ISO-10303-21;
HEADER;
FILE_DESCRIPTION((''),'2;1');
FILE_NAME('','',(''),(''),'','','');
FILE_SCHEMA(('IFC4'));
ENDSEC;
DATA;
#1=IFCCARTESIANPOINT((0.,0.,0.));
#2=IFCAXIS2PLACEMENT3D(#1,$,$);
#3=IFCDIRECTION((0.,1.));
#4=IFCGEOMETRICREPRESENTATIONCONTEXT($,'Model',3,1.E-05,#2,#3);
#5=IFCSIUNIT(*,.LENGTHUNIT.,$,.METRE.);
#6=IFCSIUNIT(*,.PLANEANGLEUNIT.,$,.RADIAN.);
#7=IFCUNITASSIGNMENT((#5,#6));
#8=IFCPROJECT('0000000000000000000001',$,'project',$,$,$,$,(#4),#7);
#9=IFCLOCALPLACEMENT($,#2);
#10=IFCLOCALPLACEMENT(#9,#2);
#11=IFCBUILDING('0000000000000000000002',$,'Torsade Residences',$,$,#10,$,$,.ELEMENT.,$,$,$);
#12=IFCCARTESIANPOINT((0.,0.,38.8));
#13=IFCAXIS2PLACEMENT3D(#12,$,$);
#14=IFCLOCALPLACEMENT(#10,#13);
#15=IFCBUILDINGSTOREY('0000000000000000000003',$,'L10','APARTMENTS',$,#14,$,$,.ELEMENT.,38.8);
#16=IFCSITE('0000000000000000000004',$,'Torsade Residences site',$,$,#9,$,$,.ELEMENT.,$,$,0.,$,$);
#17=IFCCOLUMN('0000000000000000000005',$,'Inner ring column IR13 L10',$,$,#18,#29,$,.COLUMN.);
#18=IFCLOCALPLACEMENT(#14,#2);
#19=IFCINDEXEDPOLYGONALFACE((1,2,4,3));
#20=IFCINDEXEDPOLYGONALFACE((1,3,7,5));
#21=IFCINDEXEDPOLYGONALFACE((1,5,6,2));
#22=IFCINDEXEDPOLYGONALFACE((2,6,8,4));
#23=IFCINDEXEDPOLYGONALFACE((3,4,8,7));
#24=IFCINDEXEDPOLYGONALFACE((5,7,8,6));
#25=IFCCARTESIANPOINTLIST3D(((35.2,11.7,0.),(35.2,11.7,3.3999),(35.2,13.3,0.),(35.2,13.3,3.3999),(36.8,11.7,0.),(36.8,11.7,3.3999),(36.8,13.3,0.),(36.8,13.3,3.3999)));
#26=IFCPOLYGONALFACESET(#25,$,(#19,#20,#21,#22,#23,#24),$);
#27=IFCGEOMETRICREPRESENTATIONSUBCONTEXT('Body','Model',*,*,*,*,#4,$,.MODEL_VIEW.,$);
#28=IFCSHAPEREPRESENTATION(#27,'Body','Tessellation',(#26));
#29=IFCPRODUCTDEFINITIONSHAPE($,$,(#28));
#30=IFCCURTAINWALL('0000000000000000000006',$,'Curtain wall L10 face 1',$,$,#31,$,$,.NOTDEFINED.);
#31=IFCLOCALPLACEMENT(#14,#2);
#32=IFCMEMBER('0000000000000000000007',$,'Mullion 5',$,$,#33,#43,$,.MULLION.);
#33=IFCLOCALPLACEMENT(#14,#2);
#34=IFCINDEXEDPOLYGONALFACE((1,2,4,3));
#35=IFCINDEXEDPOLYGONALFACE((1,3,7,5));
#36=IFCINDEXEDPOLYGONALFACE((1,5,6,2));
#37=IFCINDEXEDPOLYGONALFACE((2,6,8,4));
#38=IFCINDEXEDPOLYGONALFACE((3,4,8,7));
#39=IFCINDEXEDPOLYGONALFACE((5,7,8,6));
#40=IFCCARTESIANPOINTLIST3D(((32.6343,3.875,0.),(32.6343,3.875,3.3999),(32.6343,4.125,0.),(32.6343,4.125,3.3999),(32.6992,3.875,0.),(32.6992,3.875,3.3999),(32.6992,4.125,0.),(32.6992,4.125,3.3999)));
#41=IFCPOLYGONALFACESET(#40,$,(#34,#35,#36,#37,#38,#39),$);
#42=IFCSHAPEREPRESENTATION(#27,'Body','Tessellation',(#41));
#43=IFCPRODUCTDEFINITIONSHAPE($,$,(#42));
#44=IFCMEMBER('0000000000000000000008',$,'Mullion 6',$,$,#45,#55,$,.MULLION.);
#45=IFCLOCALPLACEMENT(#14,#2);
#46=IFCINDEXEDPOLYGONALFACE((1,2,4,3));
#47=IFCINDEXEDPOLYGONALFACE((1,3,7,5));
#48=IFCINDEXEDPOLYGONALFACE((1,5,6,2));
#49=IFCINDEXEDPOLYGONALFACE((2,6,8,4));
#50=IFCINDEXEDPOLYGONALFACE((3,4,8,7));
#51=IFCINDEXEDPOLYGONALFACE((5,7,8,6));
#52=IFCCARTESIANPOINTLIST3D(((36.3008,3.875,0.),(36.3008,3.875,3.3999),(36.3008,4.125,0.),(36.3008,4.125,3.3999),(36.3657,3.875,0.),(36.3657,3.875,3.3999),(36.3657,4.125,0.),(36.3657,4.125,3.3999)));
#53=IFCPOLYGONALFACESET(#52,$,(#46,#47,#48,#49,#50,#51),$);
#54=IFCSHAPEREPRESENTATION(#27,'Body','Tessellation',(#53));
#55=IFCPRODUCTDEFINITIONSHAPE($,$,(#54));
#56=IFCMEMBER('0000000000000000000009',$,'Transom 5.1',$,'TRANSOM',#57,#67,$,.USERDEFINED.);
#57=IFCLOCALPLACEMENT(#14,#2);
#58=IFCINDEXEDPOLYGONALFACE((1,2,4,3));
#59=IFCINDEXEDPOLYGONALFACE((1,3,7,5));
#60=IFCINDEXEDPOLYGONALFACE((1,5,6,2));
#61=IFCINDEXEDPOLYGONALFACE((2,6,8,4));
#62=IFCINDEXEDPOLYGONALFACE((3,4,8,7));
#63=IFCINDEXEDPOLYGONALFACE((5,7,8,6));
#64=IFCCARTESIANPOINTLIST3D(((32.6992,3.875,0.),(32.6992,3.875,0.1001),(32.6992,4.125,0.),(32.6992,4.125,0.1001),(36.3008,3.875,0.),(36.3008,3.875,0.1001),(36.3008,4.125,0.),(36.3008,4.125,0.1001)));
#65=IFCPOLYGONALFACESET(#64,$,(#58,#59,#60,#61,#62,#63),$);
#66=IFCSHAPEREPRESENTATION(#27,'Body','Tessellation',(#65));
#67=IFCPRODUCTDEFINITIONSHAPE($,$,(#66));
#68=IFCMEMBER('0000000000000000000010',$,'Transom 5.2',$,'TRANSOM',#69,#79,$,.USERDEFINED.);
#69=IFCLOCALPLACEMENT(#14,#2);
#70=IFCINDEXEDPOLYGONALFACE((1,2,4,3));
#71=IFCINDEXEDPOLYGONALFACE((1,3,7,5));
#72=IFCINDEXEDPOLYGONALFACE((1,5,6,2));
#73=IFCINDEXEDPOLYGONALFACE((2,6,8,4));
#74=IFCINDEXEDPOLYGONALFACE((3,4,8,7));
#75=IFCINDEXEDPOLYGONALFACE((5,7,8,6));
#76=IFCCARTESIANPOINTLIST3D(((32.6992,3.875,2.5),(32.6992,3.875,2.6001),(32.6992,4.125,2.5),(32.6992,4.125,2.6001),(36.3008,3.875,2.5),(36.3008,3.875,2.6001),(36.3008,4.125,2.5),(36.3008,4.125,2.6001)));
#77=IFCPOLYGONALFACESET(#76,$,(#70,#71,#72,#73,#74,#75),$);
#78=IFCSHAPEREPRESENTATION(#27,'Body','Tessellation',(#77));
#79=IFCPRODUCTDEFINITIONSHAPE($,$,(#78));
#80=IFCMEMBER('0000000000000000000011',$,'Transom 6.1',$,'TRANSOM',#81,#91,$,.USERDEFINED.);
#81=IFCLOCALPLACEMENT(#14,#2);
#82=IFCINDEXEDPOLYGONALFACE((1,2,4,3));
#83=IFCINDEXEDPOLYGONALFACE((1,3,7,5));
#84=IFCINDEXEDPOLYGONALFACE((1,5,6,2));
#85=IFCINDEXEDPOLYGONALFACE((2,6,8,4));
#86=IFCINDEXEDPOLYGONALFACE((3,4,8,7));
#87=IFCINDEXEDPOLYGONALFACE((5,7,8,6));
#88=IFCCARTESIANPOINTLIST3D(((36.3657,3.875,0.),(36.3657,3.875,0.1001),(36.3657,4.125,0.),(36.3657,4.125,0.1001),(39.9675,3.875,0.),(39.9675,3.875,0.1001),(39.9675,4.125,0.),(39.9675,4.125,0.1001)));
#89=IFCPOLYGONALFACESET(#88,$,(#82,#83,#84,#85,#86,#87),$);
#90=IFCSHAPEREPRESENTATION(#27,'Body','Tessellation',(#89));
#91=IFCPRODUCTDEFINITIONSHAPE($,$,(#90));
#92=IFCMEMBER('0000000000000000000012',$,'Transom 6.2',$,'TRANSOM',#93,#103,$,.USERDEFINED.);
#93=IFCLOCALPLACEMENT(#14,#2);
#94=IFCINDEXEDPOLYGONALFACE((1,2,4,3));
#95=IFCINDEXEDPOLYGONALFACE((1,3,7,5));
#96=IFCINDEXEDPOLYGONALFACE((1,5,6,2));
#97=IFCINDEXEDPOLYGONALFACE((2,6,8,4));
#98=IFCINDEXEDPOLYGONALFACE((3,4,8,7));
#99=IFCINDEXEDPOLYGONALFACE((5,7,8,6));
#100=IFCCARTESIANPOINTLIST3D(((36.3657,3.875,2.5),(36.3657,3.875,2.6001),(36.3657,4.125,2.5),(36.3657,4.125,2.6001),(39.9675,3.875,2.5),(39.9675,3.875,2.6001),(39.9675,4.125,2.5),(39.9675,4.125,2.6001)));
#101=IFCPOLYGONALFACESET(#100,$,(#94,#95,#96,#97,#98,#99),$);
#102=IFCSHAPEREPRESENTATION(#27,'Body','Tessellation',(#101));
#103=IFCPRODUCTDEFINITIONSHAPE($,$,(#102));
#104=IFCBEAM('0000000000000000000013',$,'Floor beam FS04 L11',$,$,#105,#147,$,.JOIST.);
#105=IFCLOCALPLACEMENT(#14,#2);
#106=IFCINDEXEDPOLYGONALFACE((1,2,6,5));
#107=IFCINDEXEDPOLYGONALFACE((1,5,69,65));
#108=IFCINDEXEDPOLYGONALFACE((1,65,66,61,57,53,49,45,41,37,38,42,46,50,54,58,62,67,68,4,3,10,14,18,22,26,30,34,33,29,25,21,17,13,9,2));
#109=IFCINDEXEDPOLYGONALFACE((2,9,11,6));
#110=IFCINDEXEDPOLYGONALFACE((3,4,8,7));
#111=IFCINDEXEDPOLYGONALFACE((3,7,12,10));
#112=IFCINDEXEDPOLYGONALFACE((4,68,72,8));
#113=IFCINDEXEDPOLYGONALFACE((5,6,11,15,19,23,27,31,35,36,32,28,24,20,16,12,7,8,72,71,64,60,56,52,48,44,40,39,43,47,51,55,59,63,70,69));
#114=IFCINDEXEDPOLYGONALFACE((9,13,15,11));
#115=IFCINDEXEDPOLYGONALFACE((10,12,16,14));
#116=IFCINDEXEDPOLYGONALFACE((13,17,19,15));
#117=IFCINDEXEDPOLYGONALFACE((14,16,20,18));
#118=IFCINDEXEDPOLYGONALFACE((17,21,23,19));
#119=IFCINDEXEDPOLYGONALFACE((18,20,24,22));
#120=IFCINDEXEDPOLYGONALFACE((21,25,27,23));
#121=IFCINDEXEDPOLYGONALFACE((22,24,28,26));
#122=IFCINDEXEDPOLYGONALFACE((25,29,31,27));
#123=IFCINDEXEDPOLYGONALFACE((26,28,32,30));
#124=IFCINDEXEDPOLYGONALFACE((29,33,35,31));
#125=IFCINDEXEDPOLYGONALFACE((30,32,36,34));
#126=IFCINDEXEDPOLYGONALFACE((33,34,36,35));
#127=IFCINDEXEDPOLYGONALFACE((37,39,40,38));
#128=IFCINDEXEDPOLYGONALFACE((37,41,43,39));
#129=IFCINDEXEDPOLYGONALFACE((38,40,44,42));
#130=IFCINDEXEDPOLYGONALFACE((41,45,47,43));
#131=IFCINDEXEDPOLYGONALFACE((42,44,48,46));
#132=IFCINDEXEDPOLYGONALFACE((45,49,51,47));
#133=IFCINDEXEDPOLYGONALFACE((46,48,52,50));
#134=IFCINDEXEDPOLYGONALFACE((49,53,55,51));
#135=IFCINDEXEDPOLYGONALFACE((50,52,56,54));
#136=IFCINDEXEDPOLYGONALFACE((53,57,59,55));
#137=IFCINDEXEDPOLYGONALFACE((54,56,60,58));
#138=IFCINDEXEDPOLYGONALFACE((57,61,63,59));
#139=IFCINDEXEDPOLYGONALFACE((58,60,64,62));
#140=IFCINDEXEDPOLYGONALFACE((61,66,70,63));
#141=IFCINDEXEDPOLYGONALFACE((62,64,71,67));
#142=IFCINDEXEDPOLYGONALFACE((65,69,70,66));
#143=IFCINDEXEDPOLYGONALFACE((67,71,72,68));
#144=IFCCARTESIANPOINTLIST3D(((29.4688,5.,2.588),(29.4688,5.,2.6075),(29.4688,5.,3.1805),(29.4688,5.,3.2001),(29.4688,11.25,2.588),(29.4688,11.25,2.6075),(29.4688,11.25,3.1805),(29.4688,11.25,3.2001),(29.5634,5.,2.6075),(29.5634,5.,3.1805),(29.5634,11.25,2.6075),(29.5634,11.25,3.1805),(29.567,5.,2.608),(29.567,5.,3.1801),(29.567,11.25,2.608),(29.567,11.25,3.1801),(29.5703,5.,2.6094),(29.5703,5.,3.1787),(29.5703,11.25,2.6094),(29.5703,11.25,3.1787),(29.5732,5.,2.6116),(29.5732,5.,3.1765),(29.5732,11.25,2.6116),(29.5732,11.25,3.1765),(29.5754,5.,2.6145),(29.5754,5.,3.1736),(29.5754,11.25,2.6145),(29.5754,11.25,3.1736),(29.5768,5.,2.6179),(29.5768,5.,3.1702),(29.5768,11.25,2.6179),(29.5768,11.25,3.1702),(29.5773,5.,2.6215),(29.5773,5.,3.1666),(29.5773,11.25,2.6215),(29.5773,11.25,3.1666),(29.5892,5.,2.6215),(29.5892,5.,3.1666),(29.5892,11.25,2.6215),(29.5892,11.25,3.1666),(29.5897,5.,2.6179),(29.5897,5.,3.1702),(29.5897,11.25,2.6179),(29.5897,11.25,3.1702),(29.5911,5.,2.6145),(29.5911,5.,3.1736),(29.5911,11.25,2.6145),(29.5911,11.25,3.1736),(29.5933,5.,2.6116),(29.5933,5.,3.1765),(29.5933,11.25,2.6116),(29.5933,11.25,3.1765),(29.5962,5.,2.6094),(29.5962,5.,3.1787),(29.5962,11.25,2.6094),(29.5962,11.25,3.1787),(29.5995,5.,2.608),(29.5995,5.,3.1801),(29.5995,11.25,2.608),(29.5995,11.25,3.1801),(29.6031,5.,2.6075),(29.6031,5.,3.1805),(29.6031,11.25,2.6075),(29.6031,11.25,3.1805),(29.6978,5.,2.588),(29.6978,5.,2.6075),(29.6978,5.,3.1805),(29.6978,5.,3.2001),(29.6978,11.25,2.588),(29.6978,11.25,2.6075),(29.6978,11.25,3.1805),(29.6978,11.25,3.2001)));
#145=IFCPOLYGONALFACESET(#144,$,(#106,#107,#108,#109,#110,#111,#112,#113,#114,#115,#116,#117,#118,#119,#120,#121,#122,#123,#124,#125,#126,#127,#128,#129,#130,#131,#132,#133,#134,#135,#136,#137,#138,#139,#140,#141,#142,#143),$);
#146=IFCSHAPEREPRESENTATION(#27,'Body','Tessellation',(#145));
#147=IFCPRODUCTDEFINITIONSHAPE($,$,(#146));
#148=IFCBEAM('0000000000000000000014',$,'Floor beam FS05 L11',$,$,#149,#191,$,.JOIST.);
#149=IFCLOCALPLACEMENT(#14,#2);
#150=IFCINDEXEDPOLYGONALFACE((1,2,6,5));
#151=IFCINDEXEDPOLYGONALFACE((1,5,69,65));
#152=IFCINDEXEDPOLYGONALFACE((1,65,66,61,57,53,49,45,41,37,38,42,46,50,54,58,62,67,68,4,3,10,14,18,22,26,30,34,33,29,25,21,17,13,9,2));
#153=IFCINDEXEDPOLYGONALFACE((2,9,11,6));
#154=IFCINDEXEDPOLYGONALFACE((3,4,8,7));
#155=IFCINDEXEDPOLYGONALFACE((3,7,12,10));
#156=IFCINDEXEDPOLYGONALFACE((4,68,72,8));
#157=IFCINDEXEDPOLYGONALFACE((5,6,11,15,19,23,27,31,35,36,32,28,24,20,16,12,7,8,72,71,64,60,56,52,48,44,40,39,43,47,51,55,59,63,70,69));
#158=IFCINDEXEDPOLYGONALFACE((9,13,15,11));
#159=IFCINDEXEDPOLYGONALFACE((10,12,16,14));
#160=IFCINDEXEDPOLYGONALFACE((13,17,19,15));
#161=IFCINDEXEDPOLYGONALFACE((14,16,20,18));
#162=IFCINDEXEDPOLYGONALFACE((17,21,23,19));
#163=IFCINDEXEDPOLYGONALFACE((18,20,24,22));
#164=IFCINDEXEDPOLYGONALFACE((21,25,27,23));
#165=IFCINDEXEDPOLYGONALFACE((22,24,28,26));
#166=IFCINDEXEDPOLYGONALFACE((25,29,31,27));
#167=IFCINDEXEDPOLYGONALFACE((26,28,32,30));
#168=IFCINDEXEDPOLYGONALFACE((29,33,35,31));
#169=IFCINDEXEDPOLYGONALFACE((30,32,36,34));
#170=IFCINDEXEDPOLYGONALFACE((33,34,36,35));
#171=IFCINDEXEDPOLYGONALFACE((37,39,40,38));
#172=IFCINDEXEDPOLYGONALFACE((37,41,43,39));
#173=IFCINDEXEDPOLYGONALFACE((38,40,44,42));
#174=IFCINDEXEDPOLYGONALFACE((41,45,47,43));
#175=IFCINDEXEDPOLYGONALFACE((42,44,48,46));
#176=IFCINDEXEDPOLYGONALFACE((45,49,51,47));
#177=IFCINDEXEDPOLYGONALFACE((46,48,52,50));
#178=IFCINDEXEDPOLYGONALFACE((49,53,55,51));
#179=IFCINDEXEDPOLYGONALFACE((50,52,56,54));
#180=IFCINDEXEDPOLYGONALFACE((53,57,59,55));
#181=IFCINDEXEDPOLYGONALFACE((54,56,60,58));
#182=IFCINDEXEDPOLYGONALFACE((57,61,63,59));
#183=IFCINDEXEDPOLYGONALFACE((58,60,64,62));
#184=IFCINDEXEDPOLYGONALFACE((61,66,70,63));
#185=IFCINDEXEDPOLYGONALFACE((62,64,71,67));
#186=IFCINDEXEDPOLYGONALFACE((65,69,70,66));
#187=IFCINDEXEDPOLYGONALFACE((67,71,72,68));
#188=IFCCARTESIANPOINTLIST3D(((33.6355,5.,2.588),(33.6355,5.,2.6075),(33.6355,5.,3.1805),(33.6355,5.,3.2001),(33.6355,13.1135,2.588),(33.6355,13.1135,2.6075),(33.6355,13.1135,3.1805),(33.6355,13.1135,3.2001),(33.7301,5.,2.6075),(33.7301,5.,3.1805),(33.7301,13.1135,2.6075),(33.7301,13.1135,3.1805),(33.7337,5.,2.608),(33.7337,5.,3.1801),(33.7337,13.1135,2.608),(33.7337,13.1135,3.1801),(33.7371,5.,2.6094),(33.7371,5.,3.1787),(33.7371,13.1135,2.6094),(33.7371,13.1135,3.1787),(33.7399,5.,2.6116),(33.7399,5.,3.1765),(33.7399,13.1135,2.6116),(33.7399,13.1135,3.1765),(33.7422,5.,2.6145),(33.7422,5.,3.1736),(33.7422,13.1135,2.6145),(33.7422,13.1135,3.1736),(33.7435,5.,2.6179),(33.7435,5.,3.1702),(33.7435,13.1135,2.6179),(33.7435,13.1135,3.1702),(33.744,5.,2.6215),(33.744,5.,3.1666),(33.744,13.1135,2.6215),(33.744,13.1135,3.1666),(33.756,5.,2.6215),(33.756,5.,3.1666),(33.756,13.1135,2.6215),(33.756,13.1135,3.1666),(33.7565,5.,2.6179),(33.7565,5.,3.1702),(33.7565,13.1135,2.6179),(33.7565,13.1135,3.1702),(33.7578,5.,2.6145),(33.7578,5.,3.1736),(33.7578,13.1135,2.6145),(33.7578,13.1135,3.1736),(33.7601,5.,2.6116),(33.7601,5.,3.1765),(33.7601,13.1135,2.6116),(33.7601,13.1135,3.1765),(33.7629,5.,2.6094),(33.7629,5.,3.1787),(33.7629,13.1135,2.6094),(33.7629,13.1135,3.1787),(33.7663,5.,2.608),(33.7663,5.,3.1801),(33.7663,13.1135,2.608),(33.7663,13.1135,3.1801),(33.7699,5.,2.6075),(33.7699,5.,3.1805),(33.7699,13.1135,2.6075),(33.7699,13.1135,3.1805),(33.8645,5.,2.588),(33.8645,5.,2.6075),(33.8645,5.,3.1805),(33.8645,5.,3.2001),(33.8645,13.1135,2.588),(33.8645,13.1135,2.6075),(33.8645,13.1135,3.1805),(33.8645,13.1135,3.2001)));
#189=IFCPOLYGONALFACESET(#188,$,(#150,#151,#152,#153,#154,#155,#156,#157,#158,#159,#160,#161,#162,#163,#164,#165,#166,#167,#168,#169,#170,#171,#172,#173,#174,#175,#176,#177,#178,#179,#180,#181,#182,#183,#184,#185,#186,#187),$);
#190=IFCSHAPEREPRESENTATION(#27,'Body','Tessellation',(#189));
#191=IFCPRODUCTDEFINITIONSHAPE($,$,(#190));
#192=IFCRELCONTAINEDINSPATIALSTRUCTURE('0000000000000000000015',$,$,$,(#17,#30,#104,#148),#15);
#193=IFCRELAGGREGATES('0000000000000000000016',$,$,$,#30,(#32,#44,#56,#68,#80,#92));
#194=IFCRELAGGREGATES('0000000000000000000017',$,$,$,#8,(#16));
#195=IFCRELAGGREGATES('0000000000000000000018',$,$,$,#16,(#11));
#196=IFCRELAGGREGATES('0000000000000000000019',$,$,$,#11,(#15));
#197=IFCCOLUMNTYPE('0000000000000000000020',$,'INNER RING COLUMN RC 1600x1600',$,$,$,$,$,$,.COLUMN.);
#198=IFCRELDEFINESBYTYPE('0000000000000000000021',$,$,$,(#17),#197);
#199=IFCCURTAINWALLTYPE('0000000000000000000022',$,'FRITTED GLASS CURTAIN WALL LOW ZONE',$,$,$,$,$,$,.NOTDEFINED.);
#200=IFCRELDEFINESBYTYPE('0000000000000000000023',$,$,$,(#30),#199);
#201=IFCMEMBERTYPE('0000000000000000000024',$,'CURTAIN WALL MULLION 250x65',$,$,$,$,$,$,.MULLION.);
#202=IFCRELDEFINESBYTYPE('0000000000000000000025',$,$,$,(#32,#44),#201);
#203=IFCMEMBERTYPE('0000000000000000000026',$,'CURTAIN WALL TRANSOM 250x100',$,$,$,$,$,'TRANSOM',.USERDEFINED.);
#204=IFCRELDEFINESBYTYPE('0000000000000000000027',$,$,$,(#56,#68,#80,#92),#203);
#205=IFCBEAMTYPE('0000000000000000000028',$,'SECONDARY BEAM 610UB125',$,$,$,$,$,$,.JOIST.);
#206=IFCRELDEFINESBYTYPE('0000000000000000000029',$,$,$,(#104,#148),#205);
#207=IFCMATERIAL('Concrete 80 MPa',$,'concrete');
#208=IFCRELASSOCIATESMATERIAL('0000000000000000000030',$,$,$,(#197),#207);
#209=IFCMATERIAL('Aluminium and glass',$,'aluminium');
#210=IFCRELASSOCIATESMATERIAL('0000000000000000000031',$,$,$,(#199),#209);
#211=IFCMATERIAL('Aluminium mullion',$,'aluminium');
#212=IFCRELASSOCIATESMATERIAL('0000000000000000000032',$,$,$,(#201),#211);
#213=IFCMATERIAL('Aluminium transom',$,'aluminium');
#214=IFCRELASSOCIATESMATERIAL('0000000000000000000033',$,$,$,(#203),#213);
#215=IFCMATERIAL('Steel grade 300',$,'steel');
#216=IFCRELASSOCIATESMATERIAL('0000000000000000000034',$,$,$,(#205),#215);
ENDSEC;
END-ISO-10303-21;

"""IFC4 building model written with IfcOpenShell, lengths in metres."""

from ifc_helpers import new_model, si_unit, direction, frame, origin, origin_2d, place, context, subcontext, project, spatial, rectangle, i_section, extrude, material, material_profile, profile_set, type_object, element, aggregate, save


model = new_model("IFC4")

# Units and contexts
model_context = context("Model", 3, precision=1e-05, world=origin(), true_north=direction((0.0, 1.0)))
body_context = subcontext(model_context, "Body", "Model", "MODEL_VIEW")
ifc_project = project(units=[si_unit("LENGTHUNIT", "METRE"), si_unit("PLANEANGLEUNIT", "RADIAN")], contexts=[model_context])

# Site, building, storey
site_placement = place(None, origin())
site = spatial("IfcSite", under=ifc_project, at=site_placement, Name="Torsade Residences site", CompositionType="ELEMENT", RefElevation=0.0)
building_placement = place(site_placement, origin())
building = spatial("IfcBuilding", under=site, at=building_placement, Name="Torsade Residences", CompositionType="ELEMENT")
storey_placement = place(building_placement, frame((0.0, 0.0, 38.8)))
storey = spatial("IfcBuildingStorey", under=building, at=storey_placement, Name="L10", Description="APARTMENTS", CompositionType="ELEMENT", Elevation=38.8)

# Column
ifc_material_1 = material(Name="Concrete 80 MPa", Category="concrete")
ifc_material_profile_1 = material_profile(ifc_material_1, rectangle(XDim=1.6001, YDim=1.6001, at=origin_2d()), Name="RC 1600x1600")
ifc_profile_set_1 = profile_set([ifc_material_profile_1], Name="Concrete 80 MPa")
column_type = type_object("IfcColumnType", Name="INNER RING COLUMN RC 1600x1600", PredefinedType="COLUMN", material=ifc_profile_set_1)
column_placement = place(storey_placement, frame((36.0, 12.5, 0.0), z_axis=(0.0, 0.0, 1.0), x_axis=(1.0, 0.0, 0.0)))
element("IfcColumn", 1, at=column_placement, inside=storey, type_object=column_type, Name="Inner ring column IR13 L10", PredefinedType="COLUMN", context=body_context, shape_type="SweptSolid", body=[
    extrude(rectangle(XDim=1.6001, YDim=1.6001, at=origin_2d()), origin(), (0.0, 0.0, 1.0), 3.3999),
])

# Curtain wall, members
ifc_material_2 = material(Name="Aluminium and glass", Category="aluminium")
curtain_wall_type = type_object("IfcCurtainWallType", Name="FRITTED GLASS CURTAIN WALL LOW ZONE", PredefinedType="NOTDEFINED", material=ifc_material_2)
curtain_wall_placement = place(storey_placement, origin())
curtain_wall = element("IfcCurtainWall", 2, at=curtain_wall_placement, inside=storey, type_object=curtain_wall_type, Name="Curtain wall L10 face 1", PredefinedType="NOTDEFINED")
ifc_material_3 = material(Name="Aluminium mullion", Category="aluminium")
ifc_material_profile_2 = material_profile(ifc_material_3, rectangle(XDim=0.25, YDim=0.0649, at=origin_2d()), Name="CURTAIN WALL MULLION 250x65")
ifc_profile_set_2 = profile_set([ifc_material_profile_2], Name="Aluminium mullion")
member_type_1 = type_object("IfcMemberType", Name="CURTAIN WALL MULLION 250x65", PredefinedType="MULLION", material=ifc_profile_set_2)
member_1_placement = place(storey_placement, frame((32.6667, 4.0, 0.0), z_axis=(0.0, 0.0, 1.0), x_axis=(0.0, 1.0, 0.0)))
member_1 = element("IfcMember", 3, at=member_1_placement, type_object=member_type_1, Name="Mullion 5", PredefinedType="MULLION", context=body_context, shape_type="SweptSolid", body=[
    extrude(rectangle(XDim=0.25, YDim=0.0649, at=origin_2d()), origin(), (0.0, 0.0, 1.0), 3.3999),
])
member_2_placement = place(storey_placement, frame((36.3333, 4.0, 0.0), z_axis=(0.0, 0.0, 1.0), x_axis=(0.0, 1.0, 0.0)))
member_2 = element("IfcMember", 4, at=member_2_placement, type_object=member_type_1, Name="Mullion 6", PredefinedType="MULLION", context=body_context, shape_type="SweptSolid", body=[
    extrude(rectangle(XDim=0.25, YDim=0.0649, at=origin_2d()), origin(), (0.0, 0.0, 1.0), 3.3999),
])
ifc_material_4 = material(Name="Aluminium transom", Category="aluminium")
ifc_material_profile_3 = material_profile(ifc_material_4, rectangle(XDim=0.25, YDim=0.1001, at=origin_2d()), Name="CURTAIN WALL TRANSOM 250x100")
ifc_profile_set_3 = profile_set([ifc_material_profile_3], Name="Aluminium transom")
member_type_2 = type_object("IfcMemberType", Name="CURTAIN WALL TRANSOM 250x100", ElementType="TRANSOM", PredefinedType="USERDEFINED", material=ifc_profile_set_3)
member_3_placement = place(storey_placement, frame((32.6992, 4.0, 0.05), z_axis=(1.0, 0.0, 0.0), x_axis=(0.0, 1.0, 0.0)))
member_3 = element("IfcMember", 5, at=member_3_placement, type_object=member_type_2, Name="Transom 5.1", ObjectType="TRANSOM", PredefinedType="USERDEFINED", context=body_context, shape_type="SweptSolid", body=[
    extrude(rectangle(XDim=0.25, YDim=0.1001, at=origin_2d()), origin(), (0.0, 0.0, 1.0), 3.6016),
])
member_4_placement = place(storey_placement, frame((32.6992, 4.0, 2.55), z_axis=(1.0, 0.0, 0.0), x_axis=(0.0, 1.0, 0.0)))
member_4 = element("IfcMember", 6, at=member_4_placement, type_object=member_type_2, Name="Transom 5.2", ObjectType="TRANSOM", PredefinedType="USERDEFINED", context=body_context, shape_type="SweptSolid", body=[
    extrude(rectangle(XDim=0.25, YDim=0.1001, at=origin_2d()), origin(), (0.0, 0.0, 1.0), 3.6016),
])
member_5_placement = place(storey_placement, frame((36.3657, 4.0, 0.05), z_axis=(1.0, 0.0, 0.0), x_axis=(0.0, 1.0, 0.0)))
member_5 = element("IfcMember", 7, at=member_5_placement, type_object=member_type_2, Name="Transom 6.1", ObjectType="TRANSOM", PredefinedType="USERDEFINED", context=body_context, shape_type="SweptSolid", body=[
    extrude(rectangle(XDim=0.25, YDim=0.1001, at=origin_2d()), origin(), (0.0, 0.0, 1.0), 3.6018),
])
member_6_placement = place(storey_placement, frame((36.3657, 4.0, 2.55), z_axis=(1.0, 0.0, 0.0), x_axis=(0.0, 1.0, 0.0)))
member_6 = element("IfcMember", 8, at=member_6_placement, type_object=member_type_2, Name="Transom 6.2", ObjectType="TRANSOM", PredefinedType="USERDEFINED", context=body_context, shape_type="SweptSolid", body=[
    extrude(rectangle(XDim=0.25, YDim=0.1001, at=origin_2d()), origin(), (0.0, 0.0, 1.0), 3.6018),
])

# Beams
ifc_material_5 = material(Name="Steel grade 300", Category="steel")
ifc_material_profile_4 = material_profile(ifc_material_5, i_section(OverallWidth=0.229, OverallDepth=0.6121, WebThickness=0.012, FlangeThickness=0.0195, FilletRadius=0.0139, at=origin_2d()), Name="610UB125")
ifc_profile_set_4 = profile_set([ifc_material_profile_4], Name="Steel grade 300")
beam_type = type_object("IfcBeamType", Name="SECONDARY BEAM 610UB125", PredefinedType="JOIST", material=ifc_profile_set_4)
beam_1_placement = place(storey_placement, frame((29.5833, 5.0, 2.894), z_axis=(0.0, 1.0, 0.0), x_axis=(-1.0, 0.0, 0.0)))
element("IfcBeam", 9, at=beam_1_placement, inside=storey, type_object=beam_type, Name="Floor beam FS04 L11", PredefinedType="JOIST", context=body_context, shape_type="SweptSolid", body=[
    extrude(i_section(OverallWidth=0.229, OverallDepth=0.6121, WebThickness=0.012, FlangeThickness=0.0195, FilletRadius=0.0139, at=origin_2d()), origin(), (0.0, 0.0, 1.0), 6.25),
])
beam_2_placement = place(storey_placement, frame((33.75, 5.0, 2.894), z_axis=(0.0, 1.0, 0.0), x_axis=(-1.0, 0.0, 0.0)))
element("IfcBeam", 10, at=beam_2_placement, inside=storey, type_object=beam_type, Name="Floor beam FS05 L11", PredefinedType="JOIST", context=body_context, shape_type="SweptSolid", body=[
    extrude(i_section(OverallWidth=0.229, OverallDepth=0.6121, WebThickness=0.012, FlangeThickness=0.0195, FilletRadius=0.0139, at=origin_2d()), origin(), (0.0, 0.0, 1.0), 8.1135),
])

aggregate(curtain_wall, [member_1, member_2, member_3, member_4, member_5, member_6])

save(model, "model.ifc")
